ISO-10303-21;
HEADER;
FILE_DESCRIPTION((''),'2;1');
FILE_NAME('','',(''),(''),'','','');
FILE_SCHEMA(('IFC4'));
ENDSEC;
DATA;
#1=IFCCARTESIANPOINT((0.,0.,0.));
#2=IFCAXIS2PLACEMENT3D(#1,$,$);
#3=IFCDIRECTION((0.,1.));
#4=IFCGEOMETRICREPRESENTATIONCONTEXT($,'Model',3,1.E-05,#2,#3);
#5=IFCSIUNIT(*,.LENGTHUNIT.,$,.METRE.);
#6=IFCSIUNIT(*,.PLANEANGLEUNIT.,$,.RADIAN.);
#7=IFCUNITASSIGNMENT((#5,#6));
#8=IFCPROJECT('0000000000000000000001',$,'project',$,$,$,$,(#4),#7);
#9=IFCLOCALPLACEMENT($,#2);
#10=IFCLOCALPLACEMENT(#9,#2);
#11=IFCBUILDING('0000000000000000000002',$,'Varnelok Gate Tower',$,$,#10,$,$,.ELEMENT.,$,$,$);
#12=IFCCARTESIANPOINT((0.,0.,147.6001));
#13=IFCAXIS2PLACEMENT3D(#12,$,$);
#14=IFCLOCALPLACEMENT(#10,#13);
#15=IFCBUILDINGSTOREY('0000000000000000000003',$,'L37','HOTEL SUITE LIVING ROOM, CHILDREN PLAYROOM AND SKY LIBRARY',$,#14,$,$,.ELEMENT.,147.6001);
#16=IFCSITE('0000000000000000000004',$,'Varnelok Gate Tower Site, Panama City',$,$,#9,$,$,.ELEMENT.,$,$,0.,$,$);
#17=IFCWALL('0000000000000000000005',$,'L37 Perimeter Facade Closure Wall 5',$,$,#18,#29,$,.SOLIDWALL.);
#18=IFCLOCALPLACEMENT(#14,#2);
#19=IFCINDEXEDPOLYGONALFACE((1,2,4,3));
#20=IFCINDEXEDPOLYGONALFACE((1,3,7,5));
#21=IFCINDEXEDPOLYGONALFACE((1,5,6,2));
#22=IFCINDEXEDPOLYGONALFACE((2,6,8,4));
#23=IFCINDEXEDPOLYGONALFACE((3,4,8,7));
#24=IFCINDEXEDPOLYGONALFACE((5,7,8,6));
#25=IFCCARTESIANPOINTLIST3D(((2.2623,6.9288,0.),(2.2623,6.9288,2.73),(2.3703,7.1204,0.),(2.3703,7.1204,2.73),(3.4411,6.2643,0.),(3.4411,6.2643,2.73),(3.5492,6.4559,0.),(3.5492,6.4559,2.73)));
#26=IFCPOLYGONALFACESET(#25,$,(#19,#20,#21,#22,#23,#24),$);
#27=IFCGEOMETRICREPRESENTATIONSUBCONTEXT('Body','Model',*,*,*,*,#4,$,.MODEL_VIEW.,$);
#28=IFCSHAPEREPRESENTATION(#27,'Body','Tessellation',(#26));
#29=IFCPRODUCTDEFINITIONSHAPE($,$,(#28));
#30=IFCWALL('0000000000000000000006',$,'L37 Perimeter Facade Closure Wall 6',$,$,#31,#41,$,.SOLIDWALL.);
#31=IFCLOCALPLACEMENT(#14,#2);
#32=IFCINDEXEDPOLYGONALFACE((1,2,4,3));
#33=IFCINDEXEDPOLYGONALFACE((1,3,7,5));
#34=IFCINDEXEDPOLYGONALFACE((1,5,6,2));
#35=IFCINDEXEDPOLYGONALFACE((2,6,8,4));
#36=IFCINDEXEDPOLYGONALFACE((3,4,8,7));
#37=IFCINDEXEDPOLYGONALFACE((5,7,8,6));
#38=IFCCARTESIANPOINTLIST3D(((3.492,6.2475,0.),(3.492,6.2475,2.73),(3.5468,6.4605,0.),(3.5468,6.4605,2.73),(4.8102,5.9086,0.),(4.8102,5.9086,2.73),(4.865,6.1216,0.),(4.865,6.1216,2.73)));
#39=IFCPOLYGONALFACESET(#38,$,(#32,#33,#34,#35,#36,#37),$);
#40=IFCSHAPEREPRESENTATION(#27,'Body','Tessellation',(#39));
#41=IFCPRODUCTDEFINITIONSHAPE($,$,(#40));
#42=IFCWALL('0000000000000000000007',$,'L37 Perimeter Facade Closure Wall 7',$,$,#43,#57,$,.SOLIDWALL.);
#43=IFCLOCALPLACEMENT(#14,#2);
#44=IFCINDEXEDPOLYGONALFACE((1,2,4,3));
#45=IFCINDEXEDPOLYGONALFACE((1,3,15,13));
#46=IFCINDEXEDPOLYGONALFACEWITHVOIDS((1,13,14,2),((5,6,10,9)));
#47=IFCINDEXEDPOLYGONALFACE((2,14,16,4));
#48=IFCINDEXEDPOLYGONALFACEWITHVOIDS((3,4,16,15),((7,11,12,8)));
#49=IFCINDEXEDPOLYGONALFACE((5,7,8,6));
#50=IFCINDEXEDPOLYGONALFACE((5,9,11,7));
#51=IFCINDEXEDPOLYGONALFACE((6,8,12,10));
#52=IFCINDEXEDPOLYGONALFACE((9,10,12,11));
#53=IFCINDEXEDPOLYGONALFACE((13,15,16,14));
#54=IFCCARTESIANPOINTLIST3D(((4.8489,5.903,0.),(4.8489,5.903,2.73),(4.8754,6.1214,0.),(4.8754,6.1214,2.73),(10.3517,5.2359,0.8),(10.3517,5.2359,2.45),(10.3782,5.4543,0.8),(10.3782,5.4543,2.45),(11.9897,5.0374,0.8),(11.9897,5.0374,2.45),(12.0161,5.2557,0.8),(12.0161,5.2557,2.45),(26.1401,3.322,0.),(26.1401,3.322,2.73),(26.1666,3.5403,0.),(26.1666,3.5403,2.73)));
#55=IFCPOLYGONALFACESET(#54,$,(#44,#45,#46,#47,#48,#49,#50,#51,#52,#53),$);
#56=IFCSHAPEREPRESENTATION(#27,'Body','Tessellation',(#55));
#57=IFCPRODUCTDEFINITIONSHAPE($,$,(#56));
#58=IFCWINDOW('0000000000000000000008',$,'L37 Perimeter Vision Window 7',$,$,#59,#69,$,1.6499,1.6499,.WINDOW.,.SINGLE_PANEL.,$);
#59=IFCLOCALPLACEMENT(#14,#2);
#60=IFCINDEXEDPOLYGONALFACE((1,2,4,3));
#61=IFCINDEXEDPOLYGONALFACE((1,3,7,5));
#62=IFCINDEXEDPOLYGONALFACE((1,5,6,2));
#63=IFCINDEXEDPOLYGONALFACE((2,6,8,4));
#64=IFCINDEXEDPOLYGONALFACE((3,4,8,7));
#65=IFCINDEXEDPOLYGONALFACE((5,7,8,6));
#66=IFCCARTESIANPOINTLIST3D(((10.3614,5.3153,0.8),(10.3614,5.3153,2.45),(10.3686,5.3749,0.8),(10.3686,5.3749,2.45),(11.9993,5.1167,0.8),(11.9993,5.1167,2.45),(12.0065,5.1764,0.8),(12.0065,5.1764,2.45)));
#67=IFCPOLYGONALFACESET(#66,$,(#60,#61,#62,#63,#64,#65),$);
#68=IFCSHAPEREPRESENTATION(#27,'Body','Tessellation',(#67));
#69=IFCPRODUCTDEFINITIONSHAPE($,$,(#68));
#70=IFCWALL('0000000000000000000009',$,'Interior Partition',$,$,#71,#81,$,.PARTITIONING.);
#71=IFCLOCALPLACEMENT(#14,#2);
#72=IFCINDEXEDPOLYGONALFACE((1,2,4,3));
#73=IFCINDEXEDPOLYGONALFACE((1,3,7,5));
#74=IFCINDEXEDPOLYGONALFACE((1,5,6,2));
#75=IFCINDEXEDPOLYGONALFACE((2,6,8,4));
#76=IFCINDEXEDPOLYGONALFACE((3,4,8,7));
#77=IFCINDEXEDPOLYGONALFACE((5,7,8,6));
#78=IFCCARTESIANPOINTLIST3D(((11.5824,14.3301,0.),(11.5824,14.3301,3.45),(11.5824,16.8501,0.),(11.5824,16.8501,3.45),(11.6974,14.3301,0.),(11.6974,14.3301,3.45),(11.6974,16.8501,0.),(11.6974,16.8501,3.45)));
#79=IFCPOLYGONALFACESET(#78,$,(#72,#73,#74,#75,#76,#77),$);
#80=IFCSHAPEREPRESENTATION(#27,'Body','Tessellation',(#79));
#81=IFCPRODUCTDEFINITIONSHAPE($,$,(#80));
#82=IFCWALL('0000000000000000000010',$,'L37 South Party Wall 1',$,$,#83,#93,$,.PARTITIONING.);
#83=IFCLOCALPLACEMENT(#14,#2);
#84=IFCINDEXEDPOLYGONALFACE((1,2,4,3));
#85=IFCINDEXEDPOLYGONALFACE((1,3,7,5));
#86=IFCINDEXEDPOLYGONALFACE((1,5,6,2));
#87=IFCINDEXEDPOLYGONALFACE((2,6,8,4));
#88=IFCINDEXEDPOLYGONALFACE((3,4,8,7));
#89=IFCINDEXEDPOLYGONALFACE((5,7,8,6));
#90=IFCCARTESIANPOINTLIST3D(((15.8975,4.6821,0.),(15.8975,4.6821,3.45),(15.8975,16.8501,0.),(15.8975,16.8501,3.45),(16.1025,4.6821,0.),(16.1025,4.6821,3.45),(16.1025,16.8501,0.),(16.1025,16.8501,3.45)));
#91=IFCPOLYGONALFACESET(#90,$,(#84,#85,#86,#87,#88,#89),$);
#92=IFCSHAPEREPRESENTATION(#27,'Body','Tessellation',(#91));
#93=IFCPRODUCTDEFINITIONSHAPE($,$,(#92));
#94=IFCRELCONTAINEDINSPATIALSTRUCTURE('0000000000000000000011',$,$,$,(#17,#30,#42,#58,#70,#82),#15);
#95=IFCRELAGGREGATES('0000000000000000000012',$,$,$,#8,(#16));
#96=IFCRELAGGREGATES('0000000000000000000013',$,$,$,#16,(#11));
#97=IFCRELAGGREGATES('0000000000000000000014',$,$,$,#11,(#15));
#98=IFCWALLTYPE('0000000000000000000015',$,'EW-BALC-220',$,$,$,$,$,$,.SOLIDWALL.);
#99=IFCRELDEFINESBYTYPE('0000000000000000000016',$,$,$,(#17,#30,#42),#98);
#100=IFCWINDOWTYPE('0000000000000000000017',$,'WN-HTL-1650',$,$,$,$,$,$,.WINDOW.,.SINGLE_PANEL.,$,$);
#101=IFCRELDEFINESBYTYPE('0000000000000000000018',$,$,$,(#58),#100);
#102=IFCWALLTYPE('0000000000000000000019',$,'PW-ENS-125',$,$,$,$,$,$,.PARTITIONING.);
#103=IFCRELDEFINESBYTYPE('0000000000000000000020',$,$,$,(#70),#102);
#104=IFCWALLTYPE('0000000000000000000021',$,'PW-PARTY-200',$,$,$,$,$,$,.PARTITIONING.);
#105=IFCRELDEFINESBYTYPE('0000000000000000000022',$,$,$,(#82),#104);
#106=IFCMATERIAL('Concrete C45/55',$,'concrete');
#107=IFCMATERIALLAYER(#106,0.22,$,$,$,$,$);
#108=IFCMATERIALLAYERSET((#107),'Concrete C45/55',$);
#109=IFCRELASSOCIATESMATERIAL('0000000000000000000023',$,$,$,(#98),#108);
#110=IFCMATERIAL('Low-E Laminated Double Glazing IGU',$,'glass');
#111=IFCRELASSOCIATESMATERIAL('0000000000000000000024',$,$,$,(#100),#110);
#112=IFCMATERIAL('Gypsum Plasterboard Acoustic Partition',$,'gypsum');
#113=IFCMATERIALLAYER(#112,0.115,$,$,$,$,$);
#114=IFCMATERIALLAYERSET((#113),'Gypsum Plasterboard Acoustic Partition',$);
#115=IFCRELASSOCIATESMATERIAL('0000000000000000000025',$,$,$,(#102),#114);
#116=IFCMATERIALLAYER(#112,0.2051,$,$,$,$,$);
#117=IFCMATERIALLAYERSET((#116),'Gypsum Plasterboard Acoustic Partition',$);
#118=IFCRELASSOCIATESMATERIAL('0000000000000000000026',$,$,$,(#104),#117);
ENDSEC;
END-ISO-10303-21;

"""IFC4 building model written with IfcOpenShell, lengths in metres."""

from ifc_helpers import new_model, si_unit, direction, frame, frame_2d, origin, place, context, subcontext, project, spatial, rectangle, extrude, material, layer, layer_set, type_object, element, fill, save


model = new_model("IFC4")

# Units and contexts
model_context = context("Model", 3, precision=1e-05, world=origin(), true_north=direction((0.0, 1.0)))
body_context = subcontext(model_context, "Body", "Model", "MODEL_VIEW")
ifc_project = project(units=[si_unit("LENGTHUNIT", "METRE"), si_unit("PLANEANGLEUNIT", "RADIAN")], contexts=[model_context])

# Site, building, storey
site_placement = place(None, origin())
site = spatial("IfcSite", under=ifc_project, at=site_placement, Name="Varnelok Gate Tower Site, Panama City", CompositionType="ELEMENT", RefElevation=0.0)
building_placement = place(site_placement, origin())
building = spatial("IfcBuilding", under=site, at=building_placement, Name="Varnelok Gate Tower", CompositionType="ELEMENT")
storey_placement = place(building_placement, frame((0.0, 0.0, 147.6001)))
storey = spatial("IfcBuildingStorey", under=building, at=storey_placement, Name="L37", Description="HOTEL SUITE LIVING ROOM, CHILDREN PLAYROOM AND SKY LIBRARY", CompositionType="ELEMENT", Elevation=147.6001)

# Shared definitions
ifc_material_1 = material(Name="Concrete C45/55", Category="concrete")

# Walls
ifc_layer_1 = layer(ifc_material_1, 0.22)
ifc_layer_set_1 = layer_set([ifc_layer_1], Name="Concrete C45/55")
wall_type_1 = type_object("IfcWallType", Name="EW-BALC-220", PredefinedType="SOLIDWALL", material=ifc_layer_set_1)
wall_1_placement = place(storey_placement, frame((2.3162, 7.0247, 0.0), z_axis=(0.0, 0.0, 1.0), x_axis=(0.871137, -0.49104, 0.0)))
element("IfcWall", 1, at=wall_1_placement, inside=storey, type_object=wall_type_1, Name="L37 Perimeter Facade Closure Wall 5", PredefinedType="SOLIDWALL", context=body_context, shape_type="SweptSolid", body=[
    extrude(rectangle(XDim=1.3533, YDim=0.22, at=frame_2d((0.6768, 0.0))), origin(), (0.0, 0.0, 1.0), 2.73),
])
wall_2_placement = place(storey_placement, frame((3.5193, 6.354, 0.0), z_axis=(0.0, 0.0, 1.0), x_axis=(0.968507, -0.248988, 0.0)))
element("IfcWall", 2, at=wall_2_placement, inside=storey, type_object=wall_type_1, Name="L37 Perimeter Facade Closure Wall 6", PredefinedType="SOLIDWALL", context=body_context, shape_type="SweptSolid", body=[
    extrude(rectangle(XDim=1.3611, YDim=0.22, at=frame_2d((0.6807, 0.0))), origin(), (0.0, 0.0, 1.0), 2.73),
])

# Wall, opening, window
wall_3_placement = place(storey_placement, frame((4.8621, 6.0122, 0.0), z_axis=(0.0, 0.0, 1.0), x_axis=(0.992732, -0.120345, 0.0)))
wall_3 = element("IfcWall", 3, at=wall_3_placement, inside=storey, type_object=wall_type_1, Name="L37 Perimeter Facade Closure Wall 7", PredefinedType="SOLIDWALL", context=body_context, shape_type="SweptSolid", body=[
    extrude(rectangle(XDim=21.447, YDim=0.22, at=frame_2d((10.7236, 0.0))), origin(), (0.0, 0.0, 1.0), 2.73),
])
opening_placement = place(wall_3_placement, frame((5.5432, 0.0, 0.8)))
opening = element("IfcOpeningElement", 4, at=opening_placement, cuts=wall_3, PredefinedType="OPENING", context=body_context, shape_type="SweptSolid", body=[
    extrude(rectangle(XDim=1.6499, YDim=1.6499, at=frame_2d((0.825, 0.825))), frame((0.0, 0.1199, 0.0), z_axis=(0.0, -1.0, 0.0), x_axis=(1.0, 0.0, 0.0)), (0.0, 0.0, 1.0), 0.24),
])
ifc_material_2 = material(Name="Low-E Laminated Double Glazing IGU", Category="glass")
window_type = type_object("IfcWindowType", Name="WN-HTL-1650", PartitioningType="SINGLE_PANEL", PredefinedType="WINDOW", material=ifc_material_2)
window_placement = place(opening_placement, origin())
window = element("IfcWindow", 5, at=window_placement, inside=storey, type_object=window_type, Name="L37 Perimeter Vision Window 7", OverallHeight=1.6499, OverallWidth=1.6499, PartitioningType="SINGLE_PANEL", PredefinedType="WINDOW", context=body_context, shape_type="SweptSolid", body=[
    extrude(rectangle(XDim=1.6499, YDim=1.6499, at=frame_2d((0.825, 0.825))), frame((0.0, 0.03, 0.0), z_axis=(0.0, -1.0, 0.0), x_axis=(1.0, 0.0, 0.0)), (0.0, 0.0, 1.0), 0.0601),
])
fill(opening, window)

# Walls
ifc_material_3 = material(Name="Gypsum Plasterboard Acoustic Partition", Category="gypsum")
ifc_layer_2 = layer(ifc_material_3, 0.115)
ifc_layer_set_2 = layer_set([ifc_layer_2], Name="Gypsum Plasterboard Acoustic Partition")
wall_type_2 = type_object("IfcWallType", Name="PW-ENS-125", PredefinedType="PARTITIONING", material=ifc_layer_set_2)
wall_4_placement = place(storey_placement, frame((11.6399, 14.3301, 0.0), z_axis=(0.0, 0.0, 1.0), x_axis=(0.0, 1.0, 0.0)))
element("IfcWall", 6, at=wall_4_placement, inside=storey, type_object=wall_type_2, Name="Interior Partition", PredefinedType="PARTITIONING", context=body_context, shape_type="SweptSolid", body=[
    extrude(rectangle(XDim=2.52, YDim=0.115, at=frame_2d((1.26, 0.0))), origin(), (0.0, 0.0, 1.0), 3.45),
])
ifc_layer_3 = layer(ifc_material_3, 0.2051)
ifc_layer_set_3 = layer_set([ifc_layer_3], Name="Gypsum Plasterboard Acoustic Partition")
wall_type_3 = type_object("IfcWallType", Name="PW-PARTY-200", PredefinedType="PARTITIONING", material=ifc_layer_set_3)
wall_5_placement = place(storey_placement, frame((16.0, 4.6821, 0.0), z_axis=(0.0, 0.0, 1.0), x_axis=(0.0, 1.0, 0.0)))
element("IfcWall", 7, at=wall_5_placement, inside=storey, type_object=wall_type_3, Name="L37 South Party Wall 1", PredefinedType="PARTITIONING", context=body_context, shape_type="SweptSolid", body=[
    extrude(rectangle(XDim=12.168, YDim=0.2051, at=frame_2d((6.084, 0.0))), origin(), (0.0, 0.0, 1.0), 3.45),
])

save(model, "model.ifc")
